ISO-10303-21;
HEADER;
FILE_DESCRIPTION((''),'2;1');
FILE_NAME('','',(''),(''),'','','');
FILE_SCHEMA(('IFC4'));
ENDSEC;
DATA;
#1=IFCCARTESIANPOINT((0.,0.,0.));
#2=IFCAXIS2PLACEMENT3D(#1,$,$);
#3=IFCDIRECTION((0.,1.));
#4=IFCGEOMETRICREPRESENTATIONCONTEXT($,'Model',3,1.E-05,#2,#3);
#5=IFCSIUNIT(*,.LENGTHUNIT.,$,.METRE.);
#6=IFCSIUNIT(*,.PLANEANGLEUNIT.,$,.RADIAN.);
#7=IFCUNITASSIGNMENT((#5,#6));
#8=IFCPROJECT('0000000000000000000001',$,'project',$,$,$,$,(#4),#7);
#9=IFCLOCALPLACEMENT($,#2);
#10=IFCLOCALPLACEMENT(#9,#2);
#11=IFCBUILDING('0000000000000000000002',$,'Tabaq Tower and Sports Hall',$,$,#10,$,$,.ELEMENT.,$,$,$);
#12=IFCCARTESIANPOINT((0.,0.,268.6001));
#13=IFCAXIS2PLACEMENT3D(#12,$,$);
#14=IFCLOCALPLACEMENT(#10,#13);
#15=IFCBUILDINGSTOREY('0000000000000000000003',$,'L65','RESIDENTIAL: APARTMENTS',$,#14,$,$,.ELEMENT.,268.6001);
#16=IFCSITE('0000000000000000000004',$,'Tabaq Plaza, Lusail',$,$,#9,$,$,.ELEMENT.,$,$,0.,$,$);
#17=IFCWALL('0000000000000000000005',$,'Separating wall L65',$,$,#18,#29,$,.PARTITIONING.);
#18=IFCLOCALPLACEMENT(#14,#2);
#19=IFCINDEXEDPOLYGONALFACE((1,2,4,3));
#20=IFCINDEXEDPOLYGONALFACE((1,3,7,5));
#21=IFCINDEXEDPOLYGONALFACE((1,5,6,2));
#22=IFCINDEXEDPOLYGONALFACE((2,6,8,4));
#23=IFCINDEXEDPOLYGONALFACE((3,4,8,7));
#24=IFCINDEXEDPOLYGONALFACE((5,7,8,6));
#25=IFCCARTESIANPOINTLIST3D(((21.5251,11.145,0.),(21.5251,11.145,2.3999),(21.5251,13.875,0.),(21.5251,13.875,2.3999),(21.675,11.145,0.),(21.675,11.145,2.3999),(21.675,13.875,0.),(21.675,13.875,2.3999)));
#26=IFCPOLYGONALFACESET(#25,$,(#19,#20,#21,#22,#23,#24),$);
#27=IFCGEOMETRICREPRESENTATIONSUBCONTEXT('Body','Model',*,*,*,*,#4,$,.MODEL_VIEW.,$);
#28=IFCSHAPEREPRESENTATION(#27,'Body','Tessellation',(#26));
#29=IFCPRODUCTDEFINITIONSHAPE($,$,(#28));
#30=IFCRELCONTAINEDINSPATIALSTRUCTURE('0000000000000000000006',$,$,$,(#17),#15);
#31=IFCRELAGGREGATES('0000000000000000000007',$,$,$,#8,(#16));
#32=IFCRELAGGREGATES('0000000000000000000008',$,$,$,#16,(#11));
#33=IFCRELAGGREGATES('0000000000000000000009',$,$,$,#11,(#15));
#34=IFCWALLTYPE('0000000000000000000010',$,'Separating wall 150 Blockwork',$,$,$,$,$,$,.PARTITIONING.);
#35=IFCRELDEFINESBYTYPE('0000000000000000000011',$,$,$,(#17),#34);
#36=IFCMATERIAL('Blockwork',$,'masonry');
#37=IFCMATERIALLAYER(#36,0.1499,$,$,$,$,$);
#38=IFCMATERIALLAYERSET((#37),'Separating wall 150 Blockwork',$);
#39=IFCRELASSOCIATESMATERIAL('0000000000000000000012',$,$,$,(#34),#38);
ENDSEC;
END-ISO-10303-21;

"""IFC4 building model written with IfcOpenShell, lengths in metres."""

from ifc_helpers import new_model, si_unit, direction, frame, frame_2d, origin, place, context, subcontext, project, spatial, rectangle, extrude, material, layer, layer_set, type_object, element, save


model = new_model("IFC4")

# Units and contexts
model_context = context("Model", 3, precision=1e-05, world=origin(), true_north=direction((0.0, 1.0)))
body_context = subcontext(model_context, "Body", "Model", "MODEL_VIEW")
ifc_project = project(units=[si_unit("LENGTHUNIT", "METRE"), si_unit("PLANEANGLEUNIT", "RADIAN")], contexts=[model_context])

# Site, building, storey
site_placement = place(None, origin())
site = spatial("IfcSite", under=ifc_project, at=site_placement, Name="Tabaq Plaza, Lusail", CompositionType="ELEMENT", RefElevation=0.0)
building_placement = place(site_placement, origin())
building = spatial("IfcBuilding", under=site, at=building_placement, Name="Tabaq Tower and Sports Hall", CompositionType="ELEMENT")
storey_placement = place(building_placement, frame((0.0, 0.0, 268.6001)))
storey = spatial("IfcBuildingStorey", under=building, at=storey_placement, Name="L65", Description="RESIDENTIAL: APARTMENTS", CompositionType="ELEMENT", Elevation=268.6001)

# Wall
ifc_material_1 = material(Name="Blockwork", Category="masonry")
ifc_layer_1 = layer(ifc_material_1, 0.1499)
ifc_layer_set_1 = layer_set([ifc_layer_1], Name="Separating wall 150 Blockwork")
wall_type_1 = type_object("IfcWallType", Name="Separating wall 150 Blockwork", PredefinedType="PARTITIONING", material=ifc_layer_set_1)
wall_1_placement = place(storey_placement, frame((21.6001, 11.145, 0.0), z_axis=(0.0, 0.0, 1.0), x_axis=(0.0, 1.0, 0.0)))
element("IfcWall", 1, at=wall_1_placement, inside=storey, type_object=wall_type_1, Name="Separating wall L65", PredefinedType="PARTITIONING", context=body_context, shape_type="SweptSolid", body=[
    extrude(rectangle(XDim=2.73, YDim=0.1499, at=frame_2d((1.365, 0.0))), origin(), (0.0, 0.0, 1.0), 2.3999),
])

save(model, "model.ifc")
